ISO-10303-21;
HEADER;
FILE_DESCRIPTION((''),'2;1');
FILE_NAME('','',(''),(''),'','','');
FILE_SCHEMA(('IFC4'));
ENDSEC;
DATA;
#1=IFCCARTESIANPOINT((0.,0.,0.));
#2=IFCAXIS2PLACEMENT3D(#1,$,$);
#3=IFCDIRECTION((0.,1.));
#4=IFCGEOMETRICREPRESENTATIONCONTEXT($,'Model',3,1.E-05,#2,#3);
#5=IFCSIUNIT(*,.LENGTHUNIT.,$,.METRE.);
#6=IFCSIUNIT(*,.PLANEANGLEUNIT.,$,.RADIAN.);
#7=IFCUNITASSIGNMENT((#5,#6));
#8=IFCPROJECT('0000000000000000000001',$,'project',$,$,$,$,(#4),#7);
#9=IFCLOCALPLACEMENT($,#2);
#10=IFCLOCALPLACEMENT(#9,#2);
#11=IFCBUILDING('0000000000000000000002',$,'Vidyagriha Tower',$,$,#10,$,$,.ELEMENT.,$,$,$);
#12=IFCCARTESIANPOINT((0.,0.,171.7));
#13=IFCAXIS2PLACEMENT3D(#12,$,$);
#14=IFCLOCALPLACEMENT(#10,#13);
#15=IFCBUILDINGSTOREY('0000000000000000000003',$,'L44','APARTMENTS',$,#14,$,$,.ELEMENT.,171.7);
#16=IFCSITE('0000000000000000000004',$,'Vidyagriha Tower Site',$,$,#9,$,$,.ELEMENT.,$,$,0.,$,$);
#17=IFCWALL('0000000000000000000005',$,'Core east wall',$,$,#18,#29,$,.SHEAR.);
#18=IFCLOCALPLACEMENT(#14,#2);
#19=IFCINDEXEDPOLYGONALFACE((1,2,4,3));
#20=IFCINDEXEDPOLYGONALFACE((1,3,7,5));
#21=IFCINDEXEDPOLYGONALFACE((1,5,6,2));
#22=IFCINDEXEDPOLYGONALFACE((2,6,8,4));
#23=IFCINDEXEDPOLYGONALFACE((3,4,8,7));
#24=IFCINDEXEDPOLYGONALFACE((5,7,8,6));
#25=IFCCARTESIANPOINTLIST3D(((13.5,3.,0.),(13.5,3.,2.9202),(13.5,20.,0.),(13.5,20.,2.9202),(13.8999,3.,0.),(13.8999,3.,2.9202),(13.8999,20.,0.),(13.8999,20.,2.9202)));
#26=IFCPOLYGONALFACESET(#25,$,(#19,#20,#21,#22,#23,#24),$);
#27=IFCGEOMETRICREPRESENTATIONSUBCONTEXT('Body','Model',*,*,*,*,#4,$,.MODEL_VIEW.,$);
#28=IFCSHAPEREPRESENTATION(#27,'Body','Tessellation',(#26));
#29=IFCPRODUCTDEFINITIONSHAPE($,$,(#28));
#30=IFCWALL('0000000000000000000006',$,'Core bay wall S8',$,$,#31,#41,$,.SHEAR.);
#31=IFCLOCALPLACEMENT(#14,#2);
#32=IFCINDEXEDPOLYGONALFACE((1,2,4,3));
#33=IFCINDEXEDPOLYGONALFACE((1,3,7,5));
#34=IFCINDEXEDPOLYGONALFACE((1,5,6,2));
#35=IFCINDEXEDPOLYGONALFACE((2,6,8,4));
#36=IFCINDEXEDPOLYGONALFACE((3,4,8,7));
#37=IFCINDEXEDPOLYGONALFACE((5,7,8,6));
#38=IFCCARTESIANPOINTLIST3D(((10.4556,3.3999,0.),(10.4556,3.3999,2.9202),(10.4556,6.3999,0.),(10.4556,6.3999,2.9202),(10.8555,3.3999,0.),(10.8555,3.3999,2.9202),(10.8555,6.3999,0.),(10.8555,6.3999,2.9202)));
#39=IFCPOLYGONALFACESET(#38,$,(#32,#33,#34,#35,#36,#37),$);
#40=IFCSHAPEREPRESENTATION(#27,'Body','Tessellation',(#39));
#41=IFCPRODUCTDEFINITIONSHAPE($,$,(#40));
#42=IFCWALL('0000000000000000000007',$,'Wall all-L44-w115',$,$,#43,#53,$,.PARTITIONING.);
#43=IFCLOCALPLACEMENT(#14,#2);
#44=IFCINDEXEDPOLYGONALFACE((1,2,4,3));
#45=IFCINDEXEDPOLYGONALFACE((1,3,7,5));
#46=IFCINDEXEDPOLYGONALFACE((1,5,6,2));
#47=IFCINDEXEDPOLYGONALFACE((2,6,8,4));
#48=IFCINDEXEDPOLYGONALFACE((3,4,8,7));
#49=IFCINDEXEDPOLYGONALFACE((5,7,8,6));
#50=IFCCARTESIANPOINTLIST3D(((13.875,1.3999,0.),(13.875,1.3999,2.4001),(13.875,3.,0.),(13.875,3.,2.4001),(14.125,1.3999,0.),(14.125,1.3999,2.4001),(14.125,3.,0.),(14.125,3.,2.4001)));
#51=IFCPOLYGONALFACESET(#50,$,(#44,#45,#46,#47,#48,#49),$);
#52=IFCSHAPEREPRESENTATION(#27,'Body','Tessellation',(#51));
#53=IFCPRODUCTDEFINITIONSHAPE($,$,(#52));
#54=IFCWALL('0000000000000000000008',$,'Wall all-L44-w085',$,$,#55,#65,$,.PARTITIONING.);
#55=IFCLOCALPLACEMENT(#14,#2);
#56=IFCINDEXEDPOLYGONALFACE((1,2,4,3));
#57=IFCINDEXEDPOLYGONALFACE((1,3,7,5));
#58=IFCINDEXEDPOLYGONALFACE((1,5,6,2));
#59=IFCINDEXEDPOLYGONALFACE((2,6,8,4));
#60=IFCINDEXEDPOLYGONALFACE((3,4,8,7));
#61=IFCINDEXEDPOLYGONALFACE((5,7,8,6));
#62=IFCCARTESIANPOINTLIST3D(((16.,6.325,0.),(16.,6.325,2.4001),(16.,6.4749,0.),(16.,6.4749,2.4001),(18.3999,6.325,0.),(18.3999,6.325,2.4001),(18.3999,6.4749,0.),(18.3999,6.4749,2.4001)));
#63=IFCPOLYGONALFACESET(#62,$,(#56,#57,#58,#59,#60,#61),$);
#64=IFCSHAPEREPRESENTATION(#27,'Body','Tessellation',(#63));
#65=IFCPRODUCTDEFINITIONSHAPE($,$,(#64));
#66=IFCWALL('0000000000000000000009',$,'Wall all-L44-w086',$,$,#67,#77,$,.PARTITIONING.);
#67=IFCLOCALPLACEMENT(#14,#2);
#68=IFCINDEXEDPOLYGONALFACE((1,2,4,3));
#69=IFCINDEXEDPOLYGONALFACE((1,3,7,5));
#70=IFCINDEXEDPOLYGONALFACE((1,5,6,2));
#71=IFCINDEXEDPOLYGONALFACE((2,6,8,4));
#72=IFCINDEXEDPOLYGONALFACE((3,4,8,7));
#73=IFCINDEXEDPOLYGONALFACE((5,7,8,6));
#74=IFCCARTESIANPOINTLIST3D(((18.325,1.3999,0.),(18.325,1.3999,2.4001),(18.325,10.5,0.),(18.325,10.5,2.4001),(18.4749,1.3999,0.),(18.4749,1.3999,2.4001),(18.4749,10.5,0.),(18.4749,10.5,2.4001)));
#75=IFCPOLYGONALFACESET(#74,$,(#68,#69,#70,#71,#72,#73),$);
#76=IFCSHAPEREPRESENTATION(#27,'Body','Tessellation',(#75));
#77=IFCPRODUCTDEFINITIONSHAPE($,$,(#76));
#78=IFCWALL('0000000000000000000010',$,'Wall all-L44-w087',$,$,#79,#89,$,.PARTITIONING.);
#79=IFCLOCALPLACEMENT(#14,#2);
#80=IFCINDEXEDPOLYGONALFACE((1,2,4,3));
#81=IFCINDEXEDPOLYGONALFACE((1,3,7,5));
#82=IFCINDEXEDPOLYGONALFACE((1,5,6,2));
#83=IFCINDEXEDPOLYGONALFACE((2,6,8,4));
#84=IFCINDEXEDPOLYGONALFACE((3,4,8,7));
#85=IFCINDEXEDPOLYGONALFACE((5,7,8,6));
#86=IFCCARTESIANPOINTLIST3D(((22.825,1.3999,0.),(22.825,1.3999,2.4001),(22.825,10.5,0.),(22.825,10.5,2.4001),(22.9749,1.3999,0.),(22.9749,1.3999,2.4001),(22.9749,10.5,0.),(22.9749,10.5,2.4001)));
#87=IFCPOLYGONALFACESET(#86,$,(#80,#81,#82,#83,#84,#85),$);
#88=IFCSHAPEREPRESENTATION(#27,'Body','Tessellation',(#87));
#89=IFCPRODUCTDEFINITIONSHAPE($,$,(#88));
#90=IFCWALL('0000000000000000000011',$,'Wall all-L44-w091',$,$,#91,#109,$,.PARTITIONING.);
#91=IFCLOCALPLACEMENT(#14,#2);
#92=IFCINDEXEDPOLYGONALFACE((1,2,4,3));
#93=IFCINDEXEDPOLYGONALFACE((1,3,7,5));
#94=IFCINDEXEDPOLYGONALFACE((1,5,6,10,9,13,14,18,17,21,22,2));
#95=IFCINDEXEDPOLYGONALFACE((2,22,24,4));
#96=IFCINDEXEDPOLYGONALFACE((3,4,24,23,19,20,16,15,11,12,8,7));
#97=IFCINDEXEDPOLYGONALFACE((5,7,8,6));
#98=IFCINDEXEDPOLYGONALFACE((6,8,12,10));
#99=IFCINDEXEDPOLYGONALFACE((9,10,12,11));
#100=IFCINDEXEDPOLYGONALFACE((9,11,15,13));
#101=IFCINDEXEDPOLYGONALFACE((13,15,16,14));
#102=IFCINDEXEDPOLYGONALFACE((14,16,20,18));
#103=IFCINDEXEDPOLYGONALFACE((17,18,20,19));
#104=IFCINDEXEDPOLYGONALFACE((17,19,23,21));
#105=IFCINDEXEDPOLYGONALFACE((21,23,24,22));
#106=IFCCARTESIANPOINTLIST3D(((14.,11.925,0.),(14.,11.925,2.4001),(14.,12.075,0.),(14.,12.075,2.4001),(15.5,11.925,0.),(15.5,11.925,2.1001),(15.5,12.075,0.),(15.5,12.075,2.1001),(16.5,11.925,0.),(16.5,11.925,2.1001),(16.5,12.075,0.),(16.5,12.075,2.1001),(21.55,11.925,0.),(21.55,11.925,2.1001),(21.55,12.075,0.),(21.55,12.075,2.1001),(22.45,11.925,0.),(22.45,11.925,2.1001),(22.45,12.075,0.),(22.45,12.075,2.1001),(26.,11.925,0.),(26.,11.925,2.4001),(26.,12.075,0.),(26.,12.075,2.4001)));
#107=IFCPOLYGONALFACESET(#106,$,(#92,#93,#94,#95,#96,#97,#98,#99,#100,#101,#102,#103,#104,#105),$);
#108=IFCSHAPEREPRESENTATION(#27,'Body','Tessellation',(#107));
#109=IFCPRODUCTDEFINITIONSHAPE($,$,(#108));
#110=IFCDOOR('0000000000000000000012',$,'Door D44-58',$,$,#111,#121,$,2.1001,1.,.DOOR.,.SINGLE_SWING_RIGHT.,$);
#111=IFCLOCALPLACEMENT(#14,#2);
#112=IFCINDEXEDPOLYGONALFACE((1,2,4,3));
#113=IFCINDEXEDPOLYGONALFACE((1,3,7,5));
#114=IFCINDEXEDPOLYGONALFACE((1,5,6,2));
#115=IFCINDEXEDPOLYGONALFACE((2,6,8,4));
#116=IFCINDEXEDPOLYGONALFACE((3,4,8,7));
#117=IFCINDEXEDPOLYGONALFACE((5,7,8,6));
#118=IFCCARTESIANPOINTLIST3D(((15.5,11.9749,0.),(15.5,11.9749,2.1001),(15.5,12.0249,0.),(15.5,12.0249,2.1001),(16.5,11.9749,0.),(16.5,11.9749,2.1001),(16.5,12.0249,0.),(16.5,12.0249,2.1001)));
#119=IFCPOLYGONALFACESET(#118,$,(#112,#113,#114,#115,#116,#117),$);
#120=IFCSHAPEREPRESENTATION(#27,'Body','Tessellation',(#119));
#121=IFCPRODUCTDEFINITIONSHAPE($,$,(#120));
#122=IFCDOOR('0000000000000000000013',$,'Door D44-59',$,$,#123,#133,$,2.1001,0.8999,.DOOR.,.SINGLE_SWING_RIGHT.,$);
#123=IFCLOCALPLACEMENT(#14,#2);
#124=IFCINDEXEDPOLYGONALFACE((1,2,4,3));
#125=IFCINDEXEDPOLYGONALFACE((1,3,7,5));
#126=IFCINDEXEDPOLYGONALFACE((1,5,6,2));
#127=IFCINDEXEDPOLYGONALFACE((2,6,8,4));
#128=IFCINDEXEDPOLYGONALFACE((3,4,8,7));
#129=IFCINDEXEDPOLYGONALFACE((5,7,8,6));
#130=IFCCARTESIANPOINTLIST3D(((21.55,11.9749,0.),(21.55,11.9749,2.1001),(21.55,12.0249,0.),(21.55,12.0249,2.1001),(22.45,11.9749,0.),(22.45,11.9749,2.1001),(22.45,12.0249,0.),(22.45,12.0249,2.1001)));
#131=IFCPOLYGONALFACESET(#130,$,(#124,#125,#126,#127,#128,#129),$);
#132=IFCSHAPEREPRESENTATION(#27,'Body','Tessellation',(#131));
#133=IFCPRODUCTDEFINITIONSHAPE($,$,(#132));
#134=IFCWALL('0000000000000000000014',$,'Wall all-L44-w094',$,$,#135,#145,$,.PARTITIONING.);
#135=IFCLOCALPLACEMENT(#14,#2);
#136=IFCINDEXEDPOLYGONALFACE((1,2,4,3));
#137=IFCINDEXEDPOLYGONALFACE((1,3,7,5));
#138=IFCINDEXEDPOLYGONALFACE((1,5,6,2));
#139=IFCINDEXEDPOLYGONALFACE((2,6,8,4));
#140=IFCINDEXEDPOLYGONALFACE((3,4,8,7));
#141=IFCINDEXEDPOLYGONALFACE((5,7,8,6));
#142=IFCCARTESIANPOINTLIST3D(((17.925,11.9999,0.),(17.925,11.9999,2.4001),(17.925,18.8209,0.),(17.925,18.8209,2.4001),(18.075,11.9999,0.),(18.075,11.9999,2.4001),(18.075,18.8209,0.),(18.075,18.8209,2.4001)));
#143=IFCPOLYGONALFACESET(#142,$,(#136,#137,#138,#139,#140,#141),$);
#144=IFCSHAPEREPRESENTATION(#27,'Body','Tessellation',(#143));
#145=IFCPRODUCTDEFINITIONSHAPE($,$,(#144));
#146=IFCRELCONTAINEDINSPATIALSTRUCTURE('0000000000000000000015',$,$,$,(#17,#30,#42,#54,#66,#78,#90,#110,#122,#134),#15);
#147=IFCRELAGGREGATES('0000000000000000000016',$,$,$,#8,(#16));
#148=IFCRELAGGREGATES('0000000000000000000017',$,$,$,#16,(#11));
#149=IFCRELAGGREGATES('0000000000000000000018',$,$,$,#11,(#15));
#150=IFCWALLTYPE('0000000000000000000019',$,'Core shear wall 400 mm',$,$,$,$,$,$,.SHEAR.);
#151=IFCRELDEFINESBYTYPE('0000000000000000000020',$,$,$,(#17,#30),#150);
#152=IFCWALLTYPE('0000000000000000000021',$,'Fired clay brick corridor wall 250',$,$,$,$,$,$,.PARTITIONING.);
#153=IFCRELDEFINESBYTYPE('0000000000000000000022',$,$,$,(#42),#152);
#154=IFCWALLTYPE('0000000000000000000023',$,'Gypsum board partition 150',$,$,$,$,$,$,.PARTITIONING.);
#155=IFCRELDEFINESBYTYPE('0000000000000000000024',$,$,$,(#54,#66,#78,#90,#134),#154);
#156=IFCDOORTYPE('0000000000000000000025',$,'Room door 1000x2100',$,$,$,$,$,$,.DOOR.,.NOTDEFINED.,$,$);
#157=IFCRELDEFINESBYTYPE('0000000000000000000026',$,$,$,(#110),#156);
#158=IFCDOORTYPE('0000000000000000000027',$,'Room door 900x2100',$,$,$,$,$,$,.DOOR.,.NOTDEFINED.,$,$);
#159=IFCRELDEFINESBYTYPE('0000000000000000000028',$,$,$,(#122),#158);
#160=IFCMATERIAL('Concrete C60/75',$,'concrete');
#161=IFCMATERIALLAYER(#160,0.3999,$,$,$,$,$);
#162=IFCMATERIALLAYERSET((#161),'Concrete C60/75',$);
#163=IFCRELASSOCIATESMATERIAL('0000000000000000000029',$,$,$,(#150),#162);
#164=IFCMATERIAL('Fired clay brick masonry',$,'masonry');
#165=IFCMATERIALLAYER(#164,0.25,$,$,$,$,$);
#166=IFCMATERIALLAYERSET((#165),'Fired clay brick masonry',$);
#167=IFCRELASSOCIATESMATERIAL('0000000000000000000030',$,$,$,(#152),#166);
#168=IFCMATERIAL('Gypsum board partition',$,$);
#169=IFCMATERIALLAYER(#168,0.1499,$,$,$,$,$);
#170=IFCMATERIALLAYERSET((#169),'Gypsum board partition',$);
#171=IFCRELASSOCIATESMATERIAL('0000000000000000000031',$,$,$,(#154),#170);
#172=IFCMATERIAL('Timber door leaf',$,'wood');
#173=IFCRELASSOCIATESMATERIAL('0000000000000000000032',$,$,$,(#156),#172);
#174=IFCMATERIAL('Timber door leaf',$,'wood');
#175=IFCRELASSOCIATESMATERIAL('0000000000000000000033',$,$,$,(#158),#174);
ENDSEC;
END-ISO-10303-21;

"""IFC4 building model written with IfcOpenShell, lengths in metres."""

from ifc_helpers import new_model, si_unit, direction, frame, frame_2d, origin, place, context, subcontext, project, spatial, rectangle, extrude, material, layer, layer_set, type_object, element, fill, save


model = new_model("IFC4")

# Units and contexts
model_context = context("Model", 3, precision=1e-05, world=origin(), true_north=direction((0.0, 1.0)))
body_context = subcontext(model_context, "Body", "Model", "MODEL_VIEW")
ifc_project = project(units=[si_unit("LENGTHUNIT", "METRE"), si_unit("PLANEANGLEUNIT", "RADIAN")], contexts=[model_context])

# Site, building, storey
site_placement = place(None, origin())
site = spatial("IfcSite", under=ifc_project, at=site_placement, Name="Vidyagriha Tower Site", CompositionType="ELEMENT", RefElevation=0.0)
building_placement = place(site_placement, origin())
building = spatial("IfcBuilding", under=site, at=building_placement, Name="Vidyagriha Tower", CompositionType="ELEMENT")
storey_placement = place(building_placement, frame((0.0, 0.0, 171.7)))
storey = spatial("IfcBuildingStorey", under=building, at=storey_placement, Name="L44", Description="APARTMENTS", CompositionType="ELEMENT", Elevation=171.7)

# Walls
ifc_material_1 = material(Name="Concrete C60/75", Category="concrete")
ifc_layer_1 = layer(ifc_material_1, 0.3999)
ifc_layer_set_1 = layer_set([ifc_layer_1], Name="Concrete C60/75")
wall_type_1 = type_object("IfcWallType", Name="Core shear wall 400 mm", PredefinedType="SHEAR", material=ifc_layer_set_1)
wall_1_placement = place(storey_placement, frame((13.7, 3.0, 0.0), z_axis=(0.0, 0.0, 1.0), x_axis=(0.0, 1.0, 0.0)))
element("IfcWall", 1, at=wall_1_placement, inside=storey, type_object=wall_type_1, Name="Core east wall", PredefinedType="SHEAR", context=body_context, shape_type="SweptSolid", body=[
    extrude(rectangle(XDim=17.0, YDim=0.3999, at=frame_2d((8.5, 0.0))), origin(), (0.0, 0.0, 1.0), 2.9202),
])
wall_2_placement = place(storey_placement, frame((10.6555, 3.3999, 0.0), z_axis=(0.0, 0.0, 1.0), x_axis=(0.0, 1.0, 0.0)))
element("IfcWall", 2, at=wall_2_placement, inside=storey, type_object=wall_type_1, Name="Core bay wall S8", PredefinedType="SHEAR", context=body_context, shape_type="SweptSolid", body=[
    extrude(rectangle(XDim=3.0, YDim=0.3999, at=frame_2d((1.5, 0.0))), origin(), (0.0, 0.0, 1.0), 2.9202),
])
ifc_material_2 = material(Name="Fired clay brick masonry", Category="masonry")
ifc_layer_2 = layer(ifc_material_2, 0.25)
ifc_layer_set_2 = layer_set([ifc_layer_2], Name="Fired clay brick masonry")
wall_type_2 = type_object("IfcWallType", Name="Fired clay brick corridor wall 250", PredefinedType="PARTITIONING", material=ifc_layer_set_2)
wall_3_placement = place(storey_placement, frame((14.0, 1.3999, 0.0), z_axis=(0.0, 0.0, 1.0), x_axis=(0.0, 1.0, 0.0)))
element("IfcWall", 3, at=wall_3_placement, inside=storey, type_object=wall_type_2, Name="Wall all-L44-w115", PredefinedType="PARTITIONING", context=body_context, shape_type="SweptSolid", body=[
    extrude(rectangle(XDim=1.6001, YDim=0.25, at=frame_2d((0.8, 0.0))), origin(), (0.0, 0.0, 1.0), 2.4001),
])
ifc_material_3 = material(Name="Gypsum board partition")
ifc_layer_3 = layer(ifc_material_3, 0.1499)
ifc_layer_set_3 = layer_set([ifc_layer_3], Name="Gypsum board partition")
wall_type_3 = type_object("IfcWallType", Name="Gypsum board partition 150", PredefinedType="PARTITIONING", material=ifc_layer_set_3)
wall_4_placement = place(storey_placement, frame((16.0, 6.3999, 0.0)))
element("IfcWall", 4, at=wall_4_placement, inside=storey, type_object=wall_type_3, Name="Wall all-L44-w085", PredefinedType="PARTITIONING", context=body_context, shape_type="SweptSolid", body=[
    extrude(rectangle(XDim=2.3999, YDim=0.1499, at=frame_2d((1.2, 0.0))), origin(), (0.0, 0.0, 1.0), 2.4001),
])
for number, where, z_axis, x_axis, name in (
    (5, (18.3999, 10.5, 0.0), (0.0, 0.0, 1.0), (0.0, -1.0, 0.0), "Wall all-L44-w086"),
    (6, (22.8999, 10.5, 0.0), (0.0, 0.0, 1.0), (0.0, -1.0, 0.0), "Wall all-L44-w087"),
):
    element("IfcWall", number, at=place(storey_placement, frame(where, z_axis=z_axis, x_axis=x_axis)), inside=storey, type_object=wall_type_3, Name=name, PredefinedType="PARTITIONING", context=body_context, shape_type="SweptSolid", body=[
        extrude(rectangle(XDim=9.1001, YDim=0.1499, at=frame_2d((4.55, 0.0))), origin(), (0.0, 0.0, 1.0), 2.4001),
    ])

# Wall, openings, doors
wall_5_placement = place(storey_placement, frame((14.0, 12.0, 0.0)))
wall_5 = element("IfcWall", 7, at=wall_5_placement, inside=storey, type_object=wall_type_3, Name="Wall all-L44-w091", PredefinedType="PARTITIONING", context=body_context, shape_type="SweptSolid", body=[
    extrude(rectangle(XDim=12.0, YDim=0.1499, at=frame_2d((6.0, 0.0))), origin(), (0.0, 0.0, 1.0), 2.4001),
])
opening_1_placement = place(wall_5_placement, frame((1.5, 0.0, 0.0)))
opening_1 = element("IfcOpeningElement", 8, at=opening_1_placement, cuts=wall_5, PredefinedType="OPENING", context=body_context, shape_type="SweptSolid", body=[
    extrude(rectangle(XDim=1.0, YDim=2.1001, at=frame_2d((0.5, 1.05))), frame((0.0, 0.085, 0.0), z_axis=(0.0, -1.0, 0.0), x_axis=(1.0, 0.0, 0.0)), (0.0, 0.0, 1.0), 0.1699),
])
opening_2_placement = place(wall_5_placement, frame((7.55, 0.0, 0.0)))
opening_2 = element("IfcOpeningElement", 9, at=opening_2_placement, cuts=wall_5, PredefinedType="OPENING", context=body_context, shape_type="SweptSolid", body=[
    extrude(rectangle(XDim=0.8999, YDim=2.1001, at=frame_2d((0.45, 1.05))), frame((0.0, 0.085, 0.0), z_axis=(0.0, -1.0, 0.0), x_axis=(1.0, 0.0, 0.0)), (0.0, 0.0, 1.0), 0.1699),
])
ifc_material_4 = material(Name="Timber door leaf", Category="wood")
door_type_1 = type_object("IfcDoorType", Name="Room door 1000x2100", OperationType="NOTDEFINED", PredefinedType="DOOR", material=ifc_material_4)
door_1_placement = place(opening_1_placement, origin())
door_1 = element("IfcDoor", 10, at=door_1_placement, inside=storey, type_object=door_type_1, Name="Door D44-58", OperationType="SINGLE_SWING_RIGHT", OverallHeight=2.1001, OverallWidth=1.0, PredefinedType="DOOR", context=body_context, shape_type="SweptSolid", body=[
    extrude(rectangle(XDim=1.0, YDim=2.1001, at=frame_2d((0.5, 1.05))), frame((0.0, 0.0249, 0.0), z_axis=(0.0, -1.0, 0.0), x_axis=(1.0, 0.0, 0.0)), (0.0, 0.0, 1.0), 0.05),
])
fill(opening_1, door_1)
ifc_material_5 = material(Name="Timber door leaf", Category="wood")
door_type_2 = type_object("IfcDoorType", Name="Room door 900x2100", OperationType="NOTDEFINED", PredefinedType="DOOR", material=ifc_material_5)
door_2_placement = place(opening_2_placement, origin())
door_2 = element("IfcDoor", 11, at=door_2_placement, inside=storey, type_object=door_type_2, Name="Door D44-59", OperationType="SINGLE_SWING_RIGHT", OverallHeight=2.1001, OverallWidth=0.8999, PredefinedType="DOOR", context=body_context, shape_type="SweptSolid", body=[
    extrude(rectangle(XDim=0.8999, YDim=2.1001, at=frame_2d((0.45, 1.05))), frame((0.0, 0.0249, 0.0), z_axis=(0.0, -1.0, 0.0), x_axis=(1.0, 0.0, 0.0)), (0.0, 0.0, 1.0), 0.05),
])
fill(opening_2, door_2)

# Wall
wall_6_placement = place(storey_placement, frame((18.0, 18.821, 0.0), z_axis=(0.0, 0.0, 1.0), x_axis=(0.0, -1.0, 0.0)))
element("IfcWall", 12, at=wall_6_placement, inside=storey, type_object=wall_type_3, Name="Wall all-L44-w094", PredefinedType="PARTITIONING", context=body_context, shape_type="SweptSolid", body=[
    extrude(rectangle(XDim=6.821, YDim=0.1499, at=frame_2d((3.4106, 0.0))), origin(), (0.0, 0.0, 1.0), 2.4001),
])

save(model, "model.ifc")
